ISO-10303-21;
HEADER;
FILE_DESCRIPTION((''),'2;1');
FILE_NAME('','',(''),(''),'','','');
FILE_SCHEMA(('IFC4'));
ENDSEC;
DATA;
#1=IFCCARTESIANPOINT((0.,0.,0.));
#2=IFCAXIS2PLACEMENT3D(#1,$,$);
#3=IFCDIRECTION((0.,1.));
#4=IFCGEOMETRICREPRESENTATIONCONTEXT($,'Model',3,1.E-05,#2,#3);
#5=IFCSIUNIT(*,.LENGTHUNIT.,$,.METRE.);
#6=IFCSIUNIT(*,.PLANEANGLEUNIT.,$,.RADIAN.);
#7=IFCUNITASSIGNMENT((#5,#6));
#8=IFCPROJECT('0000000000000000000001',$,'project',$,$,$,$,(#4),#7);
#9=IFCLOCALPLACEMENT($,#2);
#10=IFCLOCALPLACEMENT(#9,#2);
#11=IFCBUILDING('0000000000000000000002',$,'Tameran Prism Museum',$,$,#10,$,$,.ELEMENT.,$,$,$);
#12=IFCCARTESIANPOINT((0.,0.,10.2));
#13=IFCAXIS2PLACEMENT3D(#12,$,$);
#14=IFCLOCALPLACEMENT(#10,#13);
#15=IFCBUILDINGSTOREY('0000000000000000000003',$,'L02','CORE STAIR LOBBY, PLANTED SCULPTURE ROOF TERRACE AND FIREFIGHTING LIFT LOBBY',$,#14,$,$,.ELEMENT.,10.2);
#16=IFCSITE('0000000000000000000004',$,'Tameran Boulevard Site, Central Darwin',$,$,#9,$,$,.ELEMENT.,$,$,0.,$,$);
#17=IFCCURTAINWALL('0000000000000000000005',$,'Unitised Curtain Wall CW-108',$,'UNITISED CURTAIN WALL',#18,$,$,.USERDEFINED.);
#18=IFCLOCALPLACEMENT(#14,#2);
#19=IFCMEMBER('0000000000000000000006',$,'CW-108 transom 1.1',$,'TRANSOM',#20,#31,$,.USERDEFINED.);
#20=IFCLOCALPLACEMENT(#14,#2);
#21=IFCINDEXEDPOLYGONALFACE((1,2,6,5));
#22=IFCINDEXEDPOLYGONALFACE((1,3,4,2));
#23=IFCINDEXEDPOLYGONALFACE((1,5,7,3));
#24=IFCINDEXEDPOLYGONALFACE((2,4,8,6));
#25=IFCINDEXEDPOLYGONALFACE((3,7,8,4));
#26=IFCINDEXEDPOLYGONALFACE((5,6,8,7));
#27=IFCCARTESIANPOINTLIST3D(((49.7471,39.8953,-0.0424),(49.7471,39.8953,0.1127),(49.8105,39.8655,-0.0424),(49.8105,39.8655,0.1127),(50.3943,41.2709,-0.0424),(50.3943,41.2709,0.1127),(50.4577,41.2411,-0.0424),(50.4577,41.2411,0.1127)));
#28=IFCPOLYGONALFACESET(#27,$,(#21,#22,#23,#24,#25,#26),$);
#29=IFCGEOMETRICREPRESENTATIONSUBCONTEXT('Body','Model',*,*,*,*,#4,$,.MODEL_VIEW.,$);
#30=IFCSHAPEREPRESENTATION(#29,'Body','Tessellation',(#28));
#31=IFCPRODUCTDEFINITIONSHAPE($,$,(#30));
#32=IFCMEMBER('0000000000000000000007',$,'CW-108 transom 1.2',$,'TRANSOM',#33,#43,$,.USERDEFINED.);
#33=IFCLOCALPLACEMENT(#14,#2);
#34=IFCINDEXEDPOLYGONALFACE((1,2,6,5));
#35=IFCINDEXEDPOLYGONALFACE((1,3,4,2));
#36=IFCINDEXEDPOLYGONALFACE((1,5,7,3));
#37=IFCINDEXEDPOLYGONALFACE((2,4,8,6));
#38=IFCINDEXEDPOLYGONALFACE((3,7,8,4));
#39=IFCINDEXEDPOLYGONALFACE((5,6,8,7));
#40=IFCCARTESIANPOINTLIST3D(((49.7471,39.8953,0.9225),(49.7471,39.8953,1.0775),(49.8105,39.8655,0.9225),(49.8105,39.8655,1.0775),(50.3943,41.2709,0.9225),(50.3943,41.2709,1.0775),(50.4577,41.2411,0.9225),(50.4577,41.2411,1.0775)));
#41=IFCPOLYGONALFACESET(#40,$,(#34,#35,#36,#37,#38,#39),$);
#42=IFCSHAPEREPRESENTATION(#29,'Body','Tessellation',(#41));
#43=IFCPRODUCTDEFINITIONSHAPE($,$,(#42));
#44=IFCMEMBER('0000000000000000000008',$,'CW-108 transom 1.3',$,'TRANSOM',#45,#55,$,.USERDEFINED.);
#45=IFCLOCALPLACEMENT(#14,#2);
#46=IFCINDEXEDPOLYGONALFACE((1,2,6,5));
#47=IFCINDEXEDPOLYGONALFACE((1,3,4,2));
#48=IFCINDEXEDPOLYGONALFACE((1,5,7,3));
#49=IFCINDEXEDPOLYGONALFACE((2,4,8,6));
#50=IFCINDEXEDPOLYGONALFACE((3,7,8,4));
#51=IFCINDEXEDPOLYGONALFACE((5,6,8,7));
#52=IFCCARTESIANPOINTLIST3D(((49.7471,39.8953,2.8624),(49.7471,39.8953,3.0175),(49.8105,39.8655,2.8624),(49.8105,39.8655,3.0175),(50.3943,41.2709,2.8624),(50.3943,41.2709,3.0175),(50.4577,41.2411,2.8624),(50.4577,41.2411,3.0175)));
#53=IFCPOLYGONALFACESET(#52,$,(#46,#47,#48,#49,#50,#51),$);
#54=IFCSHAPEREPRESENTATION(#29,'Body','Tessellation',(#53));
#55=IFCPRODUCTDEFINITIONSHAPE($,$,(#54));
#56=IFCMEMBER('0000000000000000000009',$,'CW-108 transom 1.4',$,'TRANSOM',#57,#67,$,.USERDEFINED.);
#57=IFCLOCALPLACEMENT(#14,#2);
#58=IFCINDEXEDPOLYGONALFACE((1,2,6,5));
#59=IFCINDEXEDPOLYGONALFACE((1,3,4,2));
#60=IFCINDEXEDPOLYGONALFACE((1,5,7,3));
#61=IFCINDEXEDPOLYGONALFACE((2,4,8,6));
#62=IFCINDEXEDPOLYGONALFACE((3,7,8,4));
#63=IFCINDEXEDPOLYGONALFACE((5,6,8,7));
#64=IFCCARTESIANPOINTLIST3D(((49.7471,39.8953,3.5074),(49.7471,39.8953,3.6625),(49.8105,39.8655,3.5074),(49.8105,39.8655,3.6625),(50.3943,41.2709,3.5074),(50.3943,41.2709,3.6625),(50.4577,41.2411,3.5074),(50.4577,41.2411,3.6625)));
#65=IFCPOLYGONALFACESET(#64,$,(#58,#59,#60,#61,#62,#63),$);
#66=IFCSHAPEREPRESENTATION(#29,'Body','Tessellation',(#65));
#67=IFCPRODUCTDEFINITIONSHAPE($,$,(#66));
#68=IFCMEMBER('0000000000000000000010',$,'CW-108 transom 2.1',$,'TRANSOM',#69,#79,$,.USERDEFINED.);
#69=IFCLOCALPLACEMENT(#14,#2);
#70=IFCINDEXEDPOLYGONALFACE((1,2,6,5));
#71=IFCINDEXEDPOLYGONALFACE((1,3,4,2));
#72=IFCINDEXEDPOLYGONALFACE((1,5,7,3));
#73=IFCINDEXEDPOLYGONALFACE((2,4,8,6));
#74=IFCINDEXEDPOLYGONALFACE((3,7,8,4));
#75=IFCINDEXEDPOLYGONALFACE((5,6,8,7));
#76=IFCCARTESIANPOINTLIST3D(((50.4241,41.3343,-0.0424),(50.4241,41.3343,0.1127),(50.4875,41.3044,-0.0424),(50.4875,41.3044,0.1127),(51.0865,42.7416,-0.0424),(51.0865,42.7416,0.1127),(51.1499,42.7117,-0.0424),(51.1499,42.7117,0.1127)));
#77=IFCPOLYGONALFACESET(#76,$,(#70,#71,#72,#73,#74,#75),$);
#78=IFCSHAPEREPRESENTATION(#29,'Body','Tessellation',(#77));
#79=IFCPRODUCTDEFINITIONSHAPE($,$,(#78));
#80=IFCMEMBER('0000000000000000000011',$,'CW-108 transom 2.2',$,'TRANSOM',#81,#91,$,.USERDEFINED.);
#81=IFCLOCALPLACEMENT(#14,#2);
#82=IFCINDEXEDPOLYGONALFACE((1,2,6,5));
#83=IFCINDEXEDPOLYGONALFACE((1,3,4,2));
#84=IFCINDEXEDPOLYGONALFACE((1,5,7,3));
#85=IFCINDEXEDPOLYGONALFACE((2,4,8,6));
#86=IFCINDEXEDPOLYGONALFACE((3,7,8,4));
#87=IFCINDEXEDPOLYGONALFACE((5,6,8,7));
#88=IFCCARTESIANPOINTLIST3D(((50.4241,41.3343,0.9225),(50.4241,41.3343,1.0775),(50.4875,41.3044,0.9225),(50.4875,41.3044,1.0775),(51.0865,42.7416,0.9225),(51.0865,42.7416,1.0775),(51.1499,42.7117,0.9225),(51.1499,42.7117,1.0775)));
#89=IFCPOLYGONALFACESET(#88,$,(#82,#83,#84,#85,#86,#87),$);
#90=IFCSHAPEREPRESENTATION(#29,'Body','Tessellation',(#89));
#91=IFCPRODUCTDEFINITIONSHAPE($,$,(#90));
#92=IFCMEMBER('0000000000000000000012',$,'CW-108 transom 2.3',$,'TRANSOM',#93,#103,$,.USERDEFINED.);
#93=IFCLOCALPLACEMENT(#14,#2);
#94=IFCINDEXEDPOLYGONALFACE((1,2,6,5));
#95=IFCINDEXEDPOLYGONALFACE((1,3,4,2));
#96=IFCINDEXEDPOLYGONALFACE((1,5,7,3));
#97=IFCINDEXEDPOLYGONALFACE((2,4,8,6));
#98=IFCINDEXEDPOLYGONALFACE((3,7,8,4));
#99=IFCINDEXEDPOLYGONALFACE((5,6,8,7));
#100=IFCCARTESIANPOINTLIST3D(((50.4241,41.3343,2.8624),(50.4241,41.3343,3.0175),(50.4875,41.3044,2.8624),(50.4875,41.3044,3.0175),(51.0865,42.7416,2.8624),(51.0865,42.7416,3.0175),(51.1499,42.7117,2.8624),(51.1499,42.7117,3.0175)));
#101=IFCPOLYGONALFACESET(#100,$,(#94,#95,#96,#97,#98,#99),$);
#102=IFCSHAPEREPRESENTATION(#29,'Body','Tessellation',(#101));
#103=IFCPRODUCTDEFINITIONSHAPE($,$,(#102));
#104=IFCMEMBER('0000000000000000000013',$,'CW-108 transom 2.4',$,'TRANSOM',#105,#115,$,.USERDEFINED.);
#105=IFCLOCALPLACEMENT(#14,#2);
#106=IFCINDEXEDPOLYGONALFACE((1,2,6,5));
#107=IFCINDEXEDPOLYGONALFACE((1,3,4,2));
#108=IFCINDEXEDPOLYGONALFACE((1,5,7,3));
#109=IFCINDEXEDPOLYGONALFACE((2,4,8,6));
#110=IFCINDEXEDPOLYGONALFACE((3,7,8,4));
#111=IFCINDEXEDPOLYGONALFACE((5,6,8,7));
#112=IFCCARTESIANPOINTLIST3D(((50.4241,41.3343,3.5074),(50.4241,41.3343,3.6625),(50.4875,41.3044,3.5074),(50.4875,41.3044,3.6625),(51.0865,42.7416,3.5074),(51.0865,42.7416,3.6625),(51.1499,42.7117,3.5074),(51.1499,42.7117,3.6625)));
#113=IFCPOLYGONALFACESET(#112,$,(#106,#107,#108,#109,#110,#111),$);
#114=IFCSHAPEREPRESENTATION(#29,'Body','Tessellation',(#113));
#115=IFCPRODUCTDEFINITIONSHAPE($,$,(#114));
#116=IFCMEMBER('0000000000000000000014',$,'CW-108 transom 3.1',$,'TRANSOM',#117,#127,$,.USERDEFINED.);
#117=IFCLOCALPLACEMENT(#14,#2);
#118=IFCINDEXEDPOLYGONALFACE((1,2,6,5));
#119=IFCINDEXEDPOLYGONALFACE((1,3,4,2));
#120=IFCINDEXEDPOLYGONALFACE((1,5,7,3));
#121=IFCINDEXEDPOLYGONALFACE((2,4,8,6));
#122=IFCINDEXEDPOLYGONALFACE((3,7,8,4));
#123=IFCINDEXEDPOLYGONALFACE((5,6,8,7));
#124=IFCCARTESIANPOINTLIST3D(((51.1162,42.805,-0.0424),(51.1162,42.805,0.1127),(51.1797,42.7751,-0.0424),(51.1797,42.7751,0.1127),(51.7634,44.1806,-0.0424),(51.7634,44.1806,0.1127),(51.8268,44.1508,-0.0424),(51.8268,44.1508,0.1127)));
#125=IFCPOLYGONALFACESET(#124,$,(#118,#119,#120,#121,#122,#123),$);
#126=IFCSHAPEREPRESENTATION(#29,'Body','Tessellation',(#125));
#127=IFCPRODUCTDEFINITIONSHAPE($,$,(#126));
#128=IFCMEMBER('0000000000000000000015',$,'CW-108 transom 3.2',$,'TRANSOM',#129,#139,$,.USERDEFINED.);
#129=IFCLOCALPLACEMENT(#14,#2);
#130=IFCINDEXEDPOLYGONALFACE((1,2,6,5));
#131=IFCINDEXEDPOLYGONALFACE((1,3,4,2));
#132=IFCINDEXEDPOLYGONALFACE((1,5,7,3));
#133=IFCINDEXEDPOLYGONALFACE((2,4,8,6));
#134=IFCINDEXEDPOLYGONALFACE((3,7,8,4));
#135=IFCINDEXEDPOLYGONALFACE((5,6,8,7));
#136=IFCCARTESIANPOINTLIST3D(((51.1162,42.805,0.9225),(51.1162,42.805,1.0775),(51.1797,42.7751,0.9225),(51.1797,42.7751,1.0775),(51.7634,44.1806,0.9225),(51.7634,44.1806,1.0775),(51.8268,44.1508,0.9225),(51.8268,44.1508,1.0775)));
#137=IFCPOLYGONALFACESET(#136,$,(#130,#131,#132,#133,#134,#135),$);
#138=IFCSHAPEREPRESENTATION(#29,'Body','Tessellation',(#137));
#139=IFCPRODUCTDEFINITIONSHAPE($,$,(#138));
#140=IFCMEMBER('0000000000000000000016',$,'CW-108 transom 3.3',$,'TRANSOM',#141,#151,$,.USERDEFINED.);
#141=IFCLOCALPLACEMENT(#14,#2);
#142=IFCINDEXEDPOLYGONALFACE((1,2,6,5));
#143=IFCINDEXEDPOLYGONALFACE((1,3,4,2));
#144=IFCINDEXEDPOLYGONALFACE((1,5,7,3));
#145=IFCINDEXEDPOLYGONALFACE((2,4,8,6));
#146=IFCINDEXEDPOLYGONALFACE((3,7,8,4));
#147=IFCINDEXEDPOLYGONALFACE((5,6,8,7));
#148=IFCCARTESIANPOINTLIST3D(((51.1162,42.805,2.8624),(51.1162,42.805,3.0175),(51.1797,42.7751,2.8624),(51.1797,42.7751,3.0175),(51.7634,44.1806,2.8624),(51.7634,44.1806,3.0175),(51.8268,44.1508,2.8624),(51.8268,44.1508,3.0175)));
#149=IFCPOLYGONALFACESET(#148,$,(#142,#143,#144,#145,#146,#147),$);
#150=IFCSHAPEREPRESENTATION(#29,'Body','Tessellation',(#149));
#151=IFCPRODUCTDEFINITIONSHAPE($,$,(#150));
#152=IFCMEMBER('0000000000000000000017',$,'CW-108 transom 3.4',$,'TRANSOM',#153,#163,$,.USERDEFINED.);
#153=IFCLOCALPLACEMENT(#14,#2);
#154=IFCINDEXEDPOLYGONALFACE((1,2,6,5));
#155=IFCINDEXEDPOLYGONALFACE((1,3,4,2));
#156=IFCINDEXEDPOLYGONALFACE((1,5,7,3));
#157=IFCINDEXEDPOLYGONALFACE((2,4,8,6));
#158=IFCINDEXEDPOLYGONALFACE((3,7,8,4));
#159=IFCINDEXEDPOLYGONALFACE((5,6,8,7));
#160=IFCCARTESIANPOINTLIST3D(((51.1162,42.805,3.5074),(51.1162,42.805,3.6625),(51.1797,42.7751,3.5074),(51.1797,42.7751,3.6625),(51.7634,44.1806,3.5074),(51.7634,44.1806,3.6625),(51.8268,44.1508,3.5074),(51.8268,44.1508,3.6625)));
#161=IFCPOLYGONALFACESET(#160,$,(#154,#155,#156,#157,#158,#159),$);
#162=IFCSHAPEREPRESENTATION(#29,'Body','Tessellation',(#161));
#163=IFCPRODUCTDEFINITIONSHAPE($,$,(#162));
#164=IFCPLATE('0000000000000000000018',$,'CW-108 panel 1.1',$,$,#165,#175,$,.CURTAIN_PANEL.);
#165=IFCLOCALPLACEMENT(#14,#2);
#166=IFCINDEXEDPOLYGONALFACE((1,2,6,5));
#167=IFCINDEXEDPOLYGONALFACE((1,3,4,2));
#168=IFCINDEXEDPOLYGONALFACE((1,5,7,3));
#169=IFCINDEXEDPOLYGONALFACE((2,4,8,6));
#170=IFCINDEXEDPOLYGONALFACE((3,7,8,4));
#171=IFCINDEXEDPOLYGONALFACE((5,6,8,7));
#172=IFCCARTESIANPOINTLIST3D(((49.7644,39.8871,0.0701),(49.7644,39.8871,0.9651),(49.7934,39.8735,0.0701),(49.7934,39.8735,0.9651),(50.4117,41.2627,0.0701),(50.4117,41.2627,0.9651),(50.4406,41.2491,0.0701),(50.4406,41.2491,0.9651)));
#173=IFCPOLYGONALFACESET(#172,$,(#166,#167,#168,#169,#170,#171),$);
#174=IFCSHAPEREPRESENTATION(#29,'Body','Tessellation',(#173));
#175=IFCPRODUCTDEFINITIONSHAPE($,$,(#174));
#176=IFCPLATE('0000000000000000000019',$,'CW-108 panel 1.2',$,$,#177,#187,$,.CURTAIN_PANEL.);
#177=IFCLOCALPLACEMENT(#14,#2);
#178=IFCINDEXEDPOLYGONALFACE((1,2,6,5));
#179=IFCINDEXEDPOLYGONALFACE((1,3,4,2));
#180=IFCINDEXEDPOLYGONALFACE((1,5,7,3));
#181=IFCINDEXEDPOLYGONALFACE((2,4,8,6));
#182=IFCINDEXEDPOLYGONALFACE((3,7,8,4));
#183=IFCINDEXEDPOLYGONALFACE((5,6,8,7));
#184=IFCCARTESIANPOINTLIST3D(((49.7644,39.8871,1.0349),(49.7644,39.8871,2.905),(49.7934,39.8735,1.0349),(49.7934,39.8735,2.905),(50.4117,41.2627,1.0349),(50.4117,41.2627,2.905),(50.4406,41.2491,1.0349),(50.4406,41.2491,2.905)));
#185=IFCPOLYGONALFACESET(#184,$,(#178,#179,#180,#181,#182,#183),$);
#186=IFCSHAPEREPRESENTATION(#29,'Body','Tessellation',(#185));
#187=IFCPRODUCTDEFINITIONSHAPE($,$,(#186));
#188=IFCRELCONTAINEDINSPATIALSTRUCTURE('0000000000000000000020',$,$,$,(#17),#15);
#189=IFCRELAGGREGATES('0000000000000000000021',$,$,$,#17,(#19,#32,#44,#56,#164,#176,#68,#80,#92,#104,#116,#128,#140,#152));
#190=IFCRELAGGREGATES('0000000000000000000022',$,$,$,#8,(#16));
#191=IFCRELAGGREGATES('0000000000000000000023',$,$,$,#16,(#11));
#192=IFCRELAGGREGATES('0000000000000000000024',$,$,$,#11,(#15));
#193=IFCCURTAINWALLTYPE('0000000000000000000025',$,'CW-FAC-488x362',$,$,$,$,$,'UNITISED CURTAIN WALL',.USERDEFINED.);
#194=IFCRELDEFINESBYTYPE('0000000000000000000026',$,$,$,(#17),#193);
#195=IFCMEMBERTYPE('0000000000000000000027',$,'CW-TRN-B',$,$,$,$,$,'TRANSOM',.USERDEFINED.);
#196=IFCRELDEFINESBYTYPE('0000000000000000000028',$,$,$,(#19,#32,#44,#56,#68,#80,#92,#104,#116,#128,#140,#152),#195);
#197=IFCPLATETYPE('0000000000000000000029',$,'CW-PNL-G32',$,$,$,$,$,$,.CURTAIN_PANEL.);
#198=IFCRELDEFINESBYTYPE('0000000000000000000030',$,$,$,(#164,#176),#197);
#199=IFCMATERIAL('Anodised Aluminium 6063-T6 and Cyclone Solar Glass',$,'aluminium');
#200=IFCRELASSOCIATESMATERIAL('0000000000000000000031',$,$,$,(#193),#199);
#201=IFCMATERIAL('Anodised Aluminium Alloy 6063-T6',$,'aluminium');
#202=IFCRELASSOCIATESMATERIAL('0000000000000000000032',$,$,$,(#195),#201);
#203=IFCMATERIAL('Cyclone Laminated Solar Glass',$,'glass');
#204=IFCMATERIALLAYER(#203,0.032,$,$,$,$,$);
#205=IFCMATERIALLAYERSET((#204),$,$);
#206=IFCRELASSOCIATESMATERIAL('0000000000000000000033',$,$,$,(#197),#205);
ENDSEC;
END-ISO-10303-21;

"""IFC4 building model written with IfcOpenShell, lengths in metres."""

from ifc_helpers import new_model, si_unit, direction, frame, origin, origin_2d, place, context, subcontext, project, spatial, rectangle, extrude, material, layer, layer_set, material_profile, profile_set, type_object, element, aggregate, save


model = new_model("IFC4")

# Units and contexts
model_context = context("Model", 3, precision=1e-05, world=origin(), true_north=direction((0.0, 1.0)))
body_context = subcontext(model_context, "Body", "Model", "MODEL_VIEW")
ifc_project = project(units=[si_unit("LENGTHUNIT", "METRE"), si_unit("PLANEANGLEUNIT", "RADIAN")], contexts=[model_context])

# Site, building, storey
site_placement = place(None, origin())
site = spatial("IfcSite", under=ifc_project, at=site_placement, Name="Tameran Boulevard Site, Central Darwin", CompositionType="ELEMENT", RefElevation=0.0)
building_placement = place(site_placement, origin())
building = spatial("IfcBuilding", under=site, at=building_placement, Name="Tameran Prism Museum", CompositionType="ELEMENT")
storey_placement = place(building_placement, frame((0.0, 0.0, 10.2)))
storey = spatial("IfcBuildingStorey", under=building, at=storey_placement, Name="L02", Description="CORE STAIR LOBBY, PLANTED SCULPTURE ROOF TERRACE AND FIREFIGHTING LIFT LOBBY", CompositionType="ELEMENT", Elevation=10.2)

# Curtain wall, members, plates
ifc_material_1 = material(Name="Anodised Aluminium 6063-T6 and Cyclone Solar Glass", Category="aluminium")
curtain_wall_type = type_object("IfcCurtainWallType", Name="CW-FAC-488x362", ElementType="UNITISED CURTAIN WALL", PredefinedType="USERDEFINED", material=ifc_material_1)
curtain_wall_placement = place(storey_placement, origin())
curtain_wall = element("IfcCurtainWall", 1, at=curtain_wall_placement, inside=storey, type_object=curtain_wall_type, Name="Unitised Curtain Wall CW-108", ObjectType="UNITISED CURTAIN WALL", PredefinedType="USERDEFINED")
ifc_material_2 = material(Name="Anodised Aluminium Alloy 6063-T6", Category="aluminium")
ifc_material_profile_1 = material_profile(ifc_material_2, rectangle(XDim=0.0701, YDim=0.155, at=origin_2d()))
ifc_profile_set_1 = profile_set([ifc_material_profile_1])
member_type_1 = type_object("IfcMemberType", Name="CW-TRN-B", ElementType="TRANSOM", PredefinedType="USERDEFINED", material=ifc_profile_set_1)
member_1_placement = place(storey_placement, frame((49.7788, 39.8804, 0.0352), z_axis=(0.425697, 0.904866, 0.0), x_axis=(-0.904866, 0.425697, 0.0)))
member_1 = element("IfcMember", 2, at=member_1_placement, type_object=member_type_1, Name="CW-108 transom 1.1", ObjectType="TRANSOM", PredefinedType="USERDEFINED", context=body_context, shape_type="SweptSolid", body=[
    extrude(rectangle(XDim=0.0701, YDim=0.155, at=origin_2d()), origin(), (0.0, 0.0, 1.0), 1.5203),
])
member_2_placement = place(storey_placement, frame((49.7788, 39.8804, 1.0), z_axis=(0.425697, 0.904866, 0.0), x_axis=(-0.904866, 0.425697, 0.0)))
member_2 = element("IfcMember", 3, at=member_2_placement, type_object=member_type_1, Name="CW-108 transom 1.2", ObjectType="TRANSOM", PredefinedType="USERDEFINED", context=body_context, shape_type="SweptSolid", body=[
    extrude(rectangle(XDim=0.0701, YDim=0.155, at=origin_2d()), origin(), (0.0, 0.0, 1.0), 1.5203),
])
member_3_placement = place(storey_placement, frame((49.7788, 39.8804, 2.9399), z_axis=(0.425697, 0.904866, 0.0), x_axis=(-0.904866, 0.425697, 0.0)))
member_3 = element("IfcMember", 4, at=member_3_placement, type_object=member_type_1, Name="CW-108 transom 1.3", ObjectType="TRANSOM", PredefinedType="USERDEFINED", context=body_context, shape_type="SweptSolid", body=[
    extrude(rectangle(XDim=0.0701, YDim=0.155, at=origin_2d()), origin(), (0.0, 0.0, 1.0), 1.5203),
])
member_4_placement = place(storey_placement, frame((49.7788, 39.8804, 3.585), z_axis=(0.425697, 0.904866, 0.0), x_axis=(-0.904866, 0.425697, 0.0)))
member_4 = element("IfcMember", 5, at=member_4_placement, type_object=member_type_1, Name="CW-108 transom 1.4", ObjectType="TRANSOM", PredefinedType="USERDEFINED", context=body_context, shape_type="SweptSolid", body=[
    extrude(rectangle(XDim=0.0701, YDim=0.155, at=origin_2d()), origin(), (0.0, 0.0, 1.0), 1.5203),
])
member_5_placement = place(storey_placement, frame((50.4558, 41.3193, 0.0352), z_axis=(0.425865, 0.904787, 0.0), x_axis=(-0.904787, 0.425865, 0.0)))
member_5 = element("IfcMember", 6, at=member_5_placement, type_object=member_type_1, Name="CW-108 transom 2.1", ObjectType="TRANSOM", PredefinedType="USERDEFINED", context=body_context, shape_type="SweptSolid", body=[
    extrude(rectangle(XDim=0.0701, YDim=0.155, at=origin_2d()), origin(), (0.0, 0.0, 1.0), 1.5554),
])
member_6_placement = place(storey_placement, frame((50.4558, 41.3193, 1.0), z_axis=(0.425865, 0.904787, 0.0), x_axis=(-0.904787, 0.425865, 0.0)))
member_6 = element("IfcMember", 7, at=member_6_placement, type_object=member_type_1, Name="CW-108 transom 2.2", ObjectType="TRANSOM", PredefinedType="USERDEFINED", context=body_context, shape_type="SweptSolid", body=[
    extrude(rectangle(XDim=0.0701, YDim=0.155, at=origin_2d()), origin(), (0.0, 0.0, 1.0), 1.5554),
])
member_7_placement = place(storey_placement, frame((50.4558, 41.3193, 2.9399), z_axis=(0.425865, 0.904787, 0.0), x_axis=(-0.904787, 0.425865, 0.0)))
member_7 = element("IfcMember", 8, at=member_7_placement, type_object=member_type_1, Name="CW-108 transom 2.3", ObjectType="TRANSOM", PredefinedType="USERDEFINED", context=body_context, shape_type="SweptSolid", body=[
    extrude(rectangle(XDim=0.0701, YDim=0.155, at=origin_2d()), origin(), (0.0, 0.0, 1.0), 1.5554),
])
member_8_placement = place(storey_placement, frame((50.4558, 41.3193, 3.585), z_axis=(0.425865, 0.904787, 0.0), x_axis=(-0.904787, 0.425865, 0.0)))
member_8 = element("IfcMember", 9, at=member_8_placement, type_object=member_type_1, Name="CW-108 transom 2.4", ObjectType="TRANSOM", PredefinedType="USERDEFINED", context=body_context, shape_type="SweptSolid", body=[
    extrude(rectangle(XDim=0.0701, YDim=0.155, at=origin_2d()), origin(), (0.0, 0.0, 1.0), 1.5554),
])
member_9_placement = place(storey_placement, frame((51.1479, 42.79, 0.0352), z_axis=(0.425697, 0.904866, 0.0), x_axis=(-0.904866, 0.425697, 0.0)))
member_9 = element("IfcMember", 10, at=member_9_placement, type_object=member_type_1, Name="CW-108 transom 3.1", ObjectType="TRANSOM", PredefinedType="USERDEFINED", context=body_context, shape_type="SweptSolid", body=[
    extrude(rectangle(XDim=0.0701, YDim=0.155, at=origin_2d()), origin(), (0.0, 0.0, 1.0), 1.5203),
])
member_10_placement = place(storey_placement, frame((51.1479, 42.79, 1.0), z_axis=(0.425697, 0.904866, 0.0), x_axis=(-0.904866, 0.425697, 0.0)))
member_10 = element("IfcMember", 11, at=member_10_placement, type_object=member_type_1, Name="CW-108 transom 3.2", ObjectType="TRANSOM", PredefinedType="USERDEFINED", context=body_context, shape_type="SweptSolid", body=[
    extrude(rectangle(XDim=0.0701, YDim=0.155, at=origin_2d()), origin(), (0.0, 0.0, 1.0), 1.5203),
])
member_11_placement = place(storey_placement, frame((51.1479, 42.79, 2.9399), z_axis=(0.425697, 0.904866, 0.0), x_axis=(-0.904866, 0.425697, 0.0)))
member_11 = element("IfcMember", 12, at=member_11_placement, type_object=member_type_1, Name="CW-108 transom 3.3", ObjectType="TRANSOM", PredefinedType="USERDEFINED", context=body_context, shape_type="SweptSolid", body=[
    extrude(rectangle(XDim=0.0701, YDim=0.155, at=origin_2d()), origin(), (0.0, 0.0, 1.0), 1.5203),
])
member_12_placement = place(storey_placement, frame((51.1479, 42.79, 3.585), z_axis=(0.425697, 0.904866, 0.0), x_axis=(-0.904866, 0.425697, 0.0)))
member_12 = element("IfcMember", 13, at=member_12_placement, type_object=member_type_1, Name="CW-108 transom 3.4", ObjectType="TRANSOM", PredefinedType="USERDEFINED", context=body_context, shape_type="SweptSolid", body=[
    extrude(rectangle(XDim=0.0701, YDim=0.155, at=origin_2d()), origin(), (0.0, 0.0, 1.0), 1.5203),
])
ifc_material_3 = material(Name="Cyclone Laminated Solar Glass", Category="glass")
ifc_layer_1 = layer(ifc_material_3, 0.032)
ifc_layer_set_1 = layer_set([ifc_layer_1])
plate_type = type_object("IfcPlateType", Name="CW-PNL-G32", PredefinedType="CURTAIN_PANEL", material=ifc_layer_set_1)
plate_1_placement = place(storey_placement, frame((50.1025, 40.5681, 0.0701), z_axis=(0.0, 0.0, 1.0), x_axis=(0.425758, 0.904837, 0.0)))
plate_1 = element("IfcPlate", 14, at=plate_1_placement, type_object=plate_type, Name="CW-108 panel 1.1", PredefinedType="CURTAIN_PANEL", context=body_context, shape_type="SweptSolid", body=[
    extrude(rectangle(XDim=1.5203, YDim=0.032, at=origin_2d()), origin(), (0.0, 0.0, 1.0), 0.895),
])
plate_2_placement = place(storey_placement, frame((50.1025, 40.5681, 1.0349), z_axis=(0.0, 0.0, 1.0), x_axis=(0.425758, 0.904837, 0.0)))
plate_2 = element("IfcPlate", 15, at=plate_2_placement, type_object=plate_type, Name="CW-108 panel 1.2", PredefinedType="CURTAIN_PANEL", context=body_context, shape_type="SweptSolid", body=[
    extrude(rectangle(XDim=1.5203, YDim=0.032, at=origin_2d()), origin(), (0.0, 0.0, 1.0), 1.8701),
])
aggregate(curtain_wall, [member_1, member_2, member_3, member_4, plate_1, plate_2, member_5, member_6, member_7, member_8, member_9, member_10, member_11, member_12])

save(model, "model.ifc")
